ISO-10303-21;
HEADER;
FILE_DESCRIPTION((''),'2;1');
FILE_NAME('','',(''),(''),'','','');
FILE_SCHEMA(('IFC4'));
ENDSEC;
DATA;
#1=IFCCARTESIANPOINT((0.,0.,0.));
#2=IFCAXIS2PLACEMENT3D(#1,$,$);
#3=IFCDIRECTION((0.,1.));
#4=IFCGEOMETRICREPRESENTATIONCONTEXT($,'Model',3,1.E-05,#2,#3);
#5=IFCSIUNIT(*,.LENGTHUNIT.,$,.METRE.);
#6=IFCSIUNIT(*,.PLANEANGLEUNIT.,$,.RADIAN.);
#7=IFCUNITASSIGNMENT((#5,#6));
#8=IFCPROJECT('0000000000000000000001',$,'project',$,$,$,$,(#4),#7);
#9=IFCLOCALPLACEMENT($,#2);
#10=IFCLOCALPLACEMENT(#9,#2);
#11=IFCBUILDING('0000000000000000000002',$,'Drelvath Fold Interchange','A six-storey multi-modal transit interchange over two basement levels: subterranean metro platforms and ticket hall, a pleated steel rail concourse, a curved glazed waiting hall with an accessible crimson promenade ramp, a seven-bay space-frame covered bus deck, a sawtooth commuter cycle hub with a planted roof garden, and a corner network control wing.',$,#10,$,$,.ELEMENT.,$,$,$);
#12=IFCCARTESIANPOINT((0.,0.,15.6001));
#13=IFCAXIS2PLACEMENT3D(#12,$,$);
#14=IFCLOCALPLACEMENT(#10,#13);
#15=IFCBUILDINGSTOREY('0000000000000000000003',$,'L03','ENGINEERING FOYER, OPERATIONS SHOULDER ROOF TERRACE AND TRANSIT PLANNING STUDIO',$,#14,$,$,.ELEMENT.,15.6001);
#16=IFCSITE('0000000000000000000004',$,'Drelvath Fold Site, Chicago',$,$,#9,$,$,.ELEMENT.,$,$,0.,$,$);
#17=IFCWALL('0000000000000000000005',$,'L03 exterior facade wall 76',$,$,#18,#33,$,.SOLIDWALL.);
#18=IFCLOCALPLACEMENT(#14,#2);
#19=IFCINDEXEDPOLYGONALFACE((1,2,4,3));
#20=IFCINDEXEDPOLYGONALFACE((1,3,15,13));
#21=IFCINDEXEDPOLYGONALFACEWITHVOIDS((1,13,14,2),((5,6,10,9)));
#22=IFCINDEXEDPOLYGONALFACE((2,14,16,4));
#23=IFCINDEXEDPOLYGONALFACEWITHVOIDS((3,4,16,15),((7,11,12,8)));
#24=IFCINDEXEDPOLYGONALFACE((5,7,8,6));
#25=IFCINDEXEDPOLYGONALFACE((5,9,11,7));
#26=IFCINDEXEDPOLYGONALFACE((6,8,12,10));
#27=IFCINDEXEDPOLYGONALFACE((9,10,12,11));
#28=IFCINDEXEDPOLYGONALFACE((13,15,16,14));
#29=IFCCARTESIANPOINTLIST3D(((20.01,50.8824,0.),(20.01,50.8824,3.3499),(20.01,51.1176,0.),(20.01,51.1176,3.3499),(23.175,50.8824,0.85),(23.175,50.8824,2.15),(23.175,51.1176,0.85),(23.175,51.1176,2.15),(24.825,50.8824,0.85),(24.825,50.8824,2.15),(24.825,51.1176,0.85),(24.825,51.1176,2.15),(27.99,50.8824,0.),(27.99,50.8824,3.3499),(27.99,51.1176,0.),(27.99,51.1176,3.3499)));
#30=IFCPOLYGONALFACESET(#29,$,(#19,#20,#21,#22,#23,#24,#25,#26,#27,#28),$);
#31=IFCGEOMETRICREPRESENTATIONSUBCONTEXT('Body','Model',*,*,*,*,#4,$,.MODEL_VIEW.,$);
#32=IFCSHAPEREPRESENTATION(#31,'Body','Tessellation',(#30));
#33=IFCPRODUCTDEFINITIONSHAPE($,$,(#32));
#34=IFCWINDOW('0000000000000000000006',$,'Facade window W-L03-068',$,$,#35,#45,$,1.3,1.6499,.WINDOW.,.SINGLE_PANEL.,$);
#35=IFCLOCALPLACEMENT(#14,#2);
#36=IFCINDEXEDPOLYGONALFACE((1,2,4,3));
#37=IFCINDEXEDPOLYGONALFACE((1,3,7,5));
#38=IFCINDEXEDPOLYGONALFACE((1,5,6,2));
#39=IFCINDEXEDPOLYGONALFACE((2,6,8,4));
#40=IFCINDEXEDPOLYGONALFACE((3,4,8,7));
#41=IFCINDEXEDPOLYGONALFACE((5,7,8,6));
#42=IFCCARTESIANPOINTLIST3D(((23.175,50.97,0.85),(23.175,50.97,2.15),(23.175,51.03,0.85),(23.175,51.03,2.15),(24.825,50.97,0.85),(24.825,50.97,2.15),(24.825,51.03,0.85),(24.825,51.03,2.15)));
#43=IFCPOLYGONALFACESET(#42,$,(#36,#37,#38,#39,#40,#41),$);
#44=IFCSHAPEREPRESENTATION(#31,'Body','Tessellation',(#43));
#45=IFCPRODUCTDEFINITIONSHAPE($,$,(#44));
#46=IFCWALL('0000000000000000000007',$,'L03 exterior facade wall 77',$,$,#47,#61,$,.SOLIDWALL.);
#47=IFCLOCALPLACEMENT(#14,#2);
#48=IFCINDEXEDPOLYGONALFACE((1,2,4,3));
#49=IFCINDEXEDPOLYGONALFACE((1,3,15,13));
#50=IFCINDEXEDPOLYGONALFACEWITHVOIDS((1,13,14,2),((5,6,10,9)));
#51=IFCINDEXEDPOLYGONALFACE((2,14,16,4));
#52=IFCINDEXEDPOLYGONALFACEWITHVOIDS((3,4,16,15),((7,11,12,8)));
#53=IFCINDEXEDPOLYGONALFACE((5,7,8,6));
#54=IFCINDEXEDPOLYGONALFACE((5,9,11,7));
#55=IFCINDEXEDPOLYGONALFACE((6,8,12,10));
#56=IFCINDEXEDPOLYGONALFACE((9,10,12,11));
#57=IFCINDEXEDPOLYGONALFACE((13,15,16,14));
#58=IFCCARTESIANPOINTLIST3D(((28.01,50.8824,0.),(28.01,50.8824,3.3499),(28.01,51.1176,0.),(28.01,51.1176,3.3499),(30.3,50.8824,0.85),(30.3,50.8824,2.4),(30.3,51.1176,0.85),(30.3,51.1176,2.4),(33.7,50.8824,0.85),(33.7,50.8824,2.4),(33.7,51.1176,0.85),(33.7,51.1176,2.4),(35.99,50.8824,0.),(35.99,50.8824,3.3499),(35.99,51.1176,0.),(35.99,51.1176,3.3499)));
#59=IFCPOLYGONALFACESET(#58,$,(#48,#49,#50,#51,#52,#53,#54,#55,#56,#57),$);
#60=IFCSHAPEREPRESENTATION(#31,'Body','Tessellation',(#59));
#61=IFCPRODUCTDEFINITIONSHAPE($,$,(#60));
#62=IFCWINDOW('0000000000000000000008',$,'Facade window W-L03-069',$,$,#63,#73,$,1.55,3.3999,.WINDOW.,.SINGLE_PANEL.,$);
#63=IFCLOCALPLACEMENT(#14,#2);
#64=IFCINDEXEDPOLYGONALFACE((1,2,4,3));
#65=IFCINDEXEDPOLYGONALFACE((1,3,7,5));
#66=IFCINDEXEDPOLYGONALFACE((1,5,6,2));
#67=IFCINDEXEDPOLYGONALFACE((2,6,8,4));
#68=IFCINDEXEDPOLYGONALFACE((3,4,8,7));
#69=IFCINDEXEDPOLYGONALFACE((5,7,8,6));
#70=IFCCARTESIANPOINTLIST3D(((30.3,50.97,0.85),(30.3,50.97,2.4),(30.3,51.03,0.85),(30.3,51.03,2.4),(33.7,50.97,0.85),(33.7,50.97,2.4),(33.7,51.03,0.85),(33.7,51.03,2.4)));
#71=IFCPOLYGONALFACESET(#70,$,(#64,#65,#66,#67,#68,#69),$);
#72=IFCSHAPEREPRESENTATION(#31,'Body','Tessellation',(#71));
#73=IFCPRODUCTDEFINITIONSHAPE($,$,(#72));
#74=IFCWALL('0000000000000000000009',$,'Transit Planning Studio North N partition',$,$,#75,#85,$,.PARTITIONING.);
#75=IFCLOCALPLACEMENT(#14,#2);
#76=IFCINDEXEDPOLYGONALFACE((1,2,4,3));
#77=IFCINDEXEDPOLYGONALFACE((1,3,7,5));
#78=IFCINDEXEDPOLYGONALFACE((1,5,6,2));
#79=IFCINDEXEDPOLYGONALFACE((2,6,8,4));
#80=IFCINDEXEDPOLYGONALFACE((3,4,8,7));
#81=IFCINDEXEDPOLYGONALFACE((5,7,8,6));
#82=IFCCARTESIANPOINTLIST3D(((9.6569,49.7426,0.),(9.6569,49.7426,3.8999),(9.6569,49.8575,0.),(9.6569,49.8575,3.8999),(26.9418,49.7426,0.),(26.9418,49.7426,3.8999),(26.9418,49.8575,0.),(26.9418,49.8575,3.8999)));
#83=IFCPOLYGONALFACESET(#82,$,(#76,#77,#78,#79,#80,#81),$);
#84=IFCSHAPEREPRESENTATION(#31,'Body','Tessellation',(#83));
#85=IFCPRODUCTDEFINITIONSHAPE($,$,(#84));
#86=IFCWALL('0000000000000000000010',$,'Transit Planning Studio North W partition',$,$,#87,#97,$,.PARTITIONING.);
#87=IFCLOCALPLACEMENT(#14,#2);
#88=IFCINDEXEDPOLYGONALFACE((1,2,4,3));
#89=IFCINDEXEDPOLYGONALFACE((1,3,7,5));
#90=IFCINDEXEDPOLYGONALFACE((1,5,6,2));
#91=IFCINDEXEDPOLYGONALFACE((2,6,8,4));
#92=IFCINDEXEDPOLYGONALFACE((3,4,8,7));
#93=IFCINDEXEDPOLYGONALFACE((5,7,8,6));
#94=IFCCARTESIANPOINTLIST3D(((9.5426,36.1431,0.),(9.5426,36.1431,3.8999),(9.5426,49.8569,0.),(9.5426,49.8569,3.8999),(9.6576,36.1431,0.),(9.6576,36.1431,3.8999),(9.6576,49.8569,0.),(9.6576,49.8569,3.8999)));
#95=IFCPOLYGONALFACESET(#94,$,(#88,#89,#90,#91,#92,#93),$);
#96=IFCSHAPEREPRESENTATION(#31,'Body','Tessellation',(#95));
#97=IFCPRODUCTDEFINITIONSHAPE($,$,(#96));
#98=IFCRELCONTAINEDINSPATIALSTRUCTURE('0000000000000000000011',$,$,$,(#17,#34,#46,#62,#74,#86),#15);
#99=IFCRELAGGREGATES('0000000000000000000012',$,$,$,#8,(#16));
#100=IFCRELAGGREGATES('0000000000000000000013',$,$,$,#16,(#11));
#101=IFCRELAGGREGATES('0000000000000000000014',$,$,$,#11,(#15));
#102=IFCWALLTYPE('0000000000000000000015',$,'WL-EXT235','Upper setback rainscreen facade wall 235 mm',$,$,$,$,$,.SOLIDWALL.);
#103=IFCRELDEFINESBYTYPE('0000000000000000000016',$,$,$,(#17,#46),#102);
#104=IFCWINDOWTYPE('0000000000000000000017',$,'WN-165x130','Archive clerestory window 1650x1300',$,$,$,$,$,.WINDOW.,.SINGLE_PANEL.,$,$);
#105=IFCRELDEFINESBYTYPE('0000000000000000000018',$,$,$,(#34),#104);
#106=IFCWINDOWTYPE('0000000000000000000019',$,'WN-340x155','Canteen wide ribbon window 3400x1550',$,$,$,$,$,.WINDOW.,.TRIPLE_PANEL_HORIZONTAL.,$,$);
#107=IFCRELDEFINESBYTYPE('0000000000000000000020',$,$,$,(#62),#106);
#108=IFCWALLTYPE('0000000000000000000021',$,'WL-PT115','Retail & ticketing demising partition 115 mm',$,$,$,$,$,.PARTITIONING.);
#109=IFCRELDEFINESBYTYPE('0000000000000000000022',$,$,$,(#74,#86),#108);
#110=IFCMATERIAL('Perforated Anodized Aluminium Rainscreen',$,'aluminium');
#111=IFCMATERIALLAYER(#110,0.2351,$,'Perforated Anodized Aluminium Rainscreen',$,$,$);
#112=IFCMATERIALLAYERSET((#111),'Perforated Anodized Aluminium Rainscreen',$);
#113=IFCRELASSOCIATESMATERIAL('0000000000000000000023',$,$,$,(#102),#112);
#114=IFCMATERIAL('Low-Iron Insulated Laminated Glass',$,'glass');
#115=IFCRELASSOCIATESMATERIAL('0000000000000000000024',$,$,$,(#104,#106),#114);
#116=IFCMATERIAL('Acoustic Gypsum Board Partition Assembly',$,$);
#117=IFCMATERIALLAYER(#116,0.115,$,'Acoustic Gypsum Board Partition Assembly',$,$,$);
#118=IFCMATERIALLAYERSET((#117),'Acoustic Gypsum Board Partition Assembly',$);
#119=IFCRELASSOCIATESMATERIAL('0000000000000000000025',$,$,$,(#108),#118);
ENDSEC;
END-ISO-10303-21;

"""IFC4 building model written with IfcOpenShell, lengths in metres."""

from ifc_helpers import new_model, si_unit, direction, frame, frame_2d, origin, place, context, subcontext, project, spatial, rectangle, extrude, material, layer, layer_set, type_object, element, fill, save


model = new_model("IFC4")

# Units and contexts
model_context = context("Model", 3, precision=1e-05, world=origin(), true_north=direction((0.0, 1.0)))
body_context = subcontext(model_context, "Body", "Model", "MODEL_VIEW")
ifc_project = project(units=[si_unit("LENGTHUNIT", "METRE"), si_unit("PLANEANGLEUNIT", "RADIAN")], contexts=[model_context])

# Site, building, storey
site_placement = place(None, origin())
site = spatial("IfcSite", under=ifc_project, at=site_placement, Name="Drelvath Fold Site, Chicago", CompositionType="ELEMENT", RefElevation=0.0)
building_placement = place(site_placement, origin())
building = spatial("IfcBuilding", under=site, at=building_placement, Name="Drelvath Fold Interchange", Description="A six-storey multi-modal transit interchange over two basement levels: subterranean metro platforms and ticket hall, a pleated steel rail concourse, a curved glazed waiting hall with an accessible crimson promenade ramp, a seven-bay space-frame covered bus deck, a sawtooth commuter cycle hub with a planted roof garden, and a corner network control wing.", CompositionType="ELEMENT")
storey_placement = place(building_placement, frame((0.0, 0.0, 15.6001)))
storey = spatial("IfcBuildingStorey", under=building, at=storey_placement, Name="L03", Description="ENGINEERING FOYER, OPERATIONS SHOULDER ROOF TERRACE AND TRANSIT PLANNING STUDIO", CompositionType="ELEMENT", Elevation=15.6001)

# Shared definitions
ifc_material_1 = material(Name="Low-Iron Insulated Laminated Glass", Category="glass")

# Walls, openings, windows
ifc_material_2 = material(Name="Perforated Anodized Aluminium Rainscreen", Category="aluminium")
ifc_layer_1 = layer(ifc_material_2, 0.2351, Name="Perforated Anodized Aluminium Rainscreen")
ifc_layer_set_1 = layer_set([ifc_layer_1], Name="Perforated Anodized Aluminium Rainscreen")
wall_type_1 = type_object("IfcWallType", Name="WL-EXT235", Description="Upper setback rainscreen facade wall 235 mm", PredefinedType="SOLIDWALL", material=ifc_layer_set_1)
wall_1_placement = place(storey_placement, frame((20.01, 51.0, 0.0), z_axis=(0.0, 0.0, 1.0), x_axis=(1.0, 0.0, 0.0)))
wall_1 = element("IfcWall", 1, at=wall_1_placement, inside=storey, type_object=wall_type_1, Name="L03 exterior facade wall 76", PredefinedType="SOLIDWALL", context=body_context, shape_type="SweptSolid", body=[
    extrude(rectangle(XDim=7.98, YDim=0.2351, at=frame_2d((3.99, 0.0))), origin(), (0.0, 0.0, 1.0), 3.3499),
])
opening_1_placement = place(wall_1_placement, frame((3.165, 0.0, 0.8501)))
opening_1 = element("IfcOpeningElement", 2, at=opening_1_placement, cuts=wall_1, PredefinedType="OPENING", context=body_context, shape_type="SweptSolid", body=[
    extrude(rectangle(XDim=1.6499, YDim=1.3, at=frame_2d((0.825, 0.6499))), frame((0.0, 0.1274, 0.0), z_axis=(0.0, -1.0, 0.0), x_axis=(1.0, 0.0, 0.0)), (0.0, 0.0, 1.0), 0.2551),
])
window_type_1 = type_object("IfcWindowType", Name="WN-165x130", Description="Archive clerestory window 1650x1300", PartitioningType="SINGLE_PANEL", PredefinedType="WINDOW", material=ifc_material_1)
window_1_placement = place(opening_1_placement, origin())
window_1 = element("IfcWindow", 3, at=window_1_placement, inside=storey, type_object=window_type_1, Name="Facade window W-L03-068", OverallHeight=1.3, OverallWidth=1.6499, PartitioningType="SINGLE_PANEL", PredefinedType="WINDOW", context=body_context, shape_type="SweptSolid", body=[
    extrude(rectangle(XDim=1.6499, YDim=1.3, at=frame_2d((0.825, 0.6499))), frame((0.0, 0.03, 0.0), z_axis=(0.0, -1.0, 0.0), x_axis=(1.0, 0.0, 0.0)), (0.0, 0.0, 1.0), 0.0601),
])
fill(opening_1, window_1)
wall_2_placement = place(storey_placement, frame((28.01, 51.0, 0.0), z_axis=(0.0, 0.0, 1.0), x_axis=(1.0, 0.0, 0.0)))
wall_2 = element("IfcWall", 4, at=wall_2_placement, inside=storey, type_object=wall_type_1, Name="L03 exterior facade wall 77", PredefinedType="SOLIDWALL", context=body_context, shape_type="SweptSolid", body=[
    extrude(rectangle(XDim=7.98, YDim=0.2351, at=frame_2d((3.99, 0.0))), origin(), (0.0, 0.0, 1.0), 3.3499),
])
opening_2_placement = place(wall_2_placement, frame((2.29, 0.0, 0.8501)))
opening_2 = element("IfcOpeningElement", 5, at=opening_2_placement, cuts=wall_2, PredefinedType="OPENING", context=body_context, shape_type="SweptSolid", body=[
    extrude(rectangle(XDim=3.3999, YDim=1.55, at=frame_2d((1.7, 0.7749))), frame((0.0, 0.1274, 0.0), z_axis=(0.0, -1.0, 0.0), x_axis=(1.0, 0.0, 0.0)), (0.0, 0.0, 1.0), 0.2551),
])
window_type_2 = type_object("IfcWindowType", Name="WN-340x155", Description="Canteen wide ribbon window 3400x1550", PartitioningType="TRIPLE_PANEL_HORIZONTAL", PredefinedType="WINDOW", material=ifc_material_1)
window_2_placement = place(opening_2_placement, origin())
window_2 = element("IfcWindow", 6, at=window_2_placement, inside=storey, type_object=window_type_2, Name="Facade window W-L03-069", OverallHeight=1.55, OverallWidth=3.3999, PartitioningType="SINGLE_PANEL", PredefinedType="WINDOW", context=body_context, shape_type="SweptSolid", body=[
    extrude(rectangle(XDim=3.3999, YDim=1.55, at=frame_2d((1.7, 0.7749))), frame((0.0, 0.03, 0.0), z_axis=(0.0, -1.0, 0.0), x_axis=(1.0, 0.0, 0.0)), (0.0, 0.0, 1.0), 0.0601),
])
fill(opening_2, window_2)

# Walls
ifc_material_3 = material(Name="Acoustic Gypsum Board Partition Assembly")
ifc_layer_2 = layer(ifc_material_3, 0.115, Name="Acoustic Gypsum Board Partition Assembly")
ifc_layer_set_2 = layer_set([ifc_layer_2], Name="Acoustic Gypsum Board Partition Assembly")
wall_type_2 = type_object("IfcWallType", Name="WL-PT115", Description="Retail & ticketing demising partition 115 mm", PredefinedType="PARTITIONING", material=ifc_layer_set_2)
wall_3_placement = place(storey_placement, frame((26.9419, 49.8, 0.0), z_axis=(0.0, 0.0, 1.0), x_axis=(-1.0, 0.0, 0.0)))
element("IfcWall", 7, at=wall_3_placement, inside=storey, type_object=wall_type_2, Name="Transit Planning Studio North N partition", PredefinedType="PARTITIONING", context=body_context, shape_type="SweptSolid", body=[
    extrude(rectangle(XDim=17.2849, YDim=0.115, at=frame_2d((8.6426, 0.0))), origin(), (0.0, 0.0, 1.0), 3.8999),
])
wall_4_placement = place(storey_placement, frame((9.6001, 49.8569, 0.0), z_axis=(0.0, 0.0, 1.0), x_axis=(0.0, -1.0, 0.0)))
element("IfcWall", 8, at=wall_4_placement, inside=storey, type_object=wall_type_2, Name="Transit Planning Studio North W partition", PredefinedType="PARTITIONING", context=body_context, shape_type="SweptSolid", body=[
    extrude(rectangle(XDim=13.7139, YDim=0.115, at=frame_2d((6.8569, 0.0))), origin(), (0.0, 0.0, 1.0), 3.8999),
])

save(model, "model.ifc")
